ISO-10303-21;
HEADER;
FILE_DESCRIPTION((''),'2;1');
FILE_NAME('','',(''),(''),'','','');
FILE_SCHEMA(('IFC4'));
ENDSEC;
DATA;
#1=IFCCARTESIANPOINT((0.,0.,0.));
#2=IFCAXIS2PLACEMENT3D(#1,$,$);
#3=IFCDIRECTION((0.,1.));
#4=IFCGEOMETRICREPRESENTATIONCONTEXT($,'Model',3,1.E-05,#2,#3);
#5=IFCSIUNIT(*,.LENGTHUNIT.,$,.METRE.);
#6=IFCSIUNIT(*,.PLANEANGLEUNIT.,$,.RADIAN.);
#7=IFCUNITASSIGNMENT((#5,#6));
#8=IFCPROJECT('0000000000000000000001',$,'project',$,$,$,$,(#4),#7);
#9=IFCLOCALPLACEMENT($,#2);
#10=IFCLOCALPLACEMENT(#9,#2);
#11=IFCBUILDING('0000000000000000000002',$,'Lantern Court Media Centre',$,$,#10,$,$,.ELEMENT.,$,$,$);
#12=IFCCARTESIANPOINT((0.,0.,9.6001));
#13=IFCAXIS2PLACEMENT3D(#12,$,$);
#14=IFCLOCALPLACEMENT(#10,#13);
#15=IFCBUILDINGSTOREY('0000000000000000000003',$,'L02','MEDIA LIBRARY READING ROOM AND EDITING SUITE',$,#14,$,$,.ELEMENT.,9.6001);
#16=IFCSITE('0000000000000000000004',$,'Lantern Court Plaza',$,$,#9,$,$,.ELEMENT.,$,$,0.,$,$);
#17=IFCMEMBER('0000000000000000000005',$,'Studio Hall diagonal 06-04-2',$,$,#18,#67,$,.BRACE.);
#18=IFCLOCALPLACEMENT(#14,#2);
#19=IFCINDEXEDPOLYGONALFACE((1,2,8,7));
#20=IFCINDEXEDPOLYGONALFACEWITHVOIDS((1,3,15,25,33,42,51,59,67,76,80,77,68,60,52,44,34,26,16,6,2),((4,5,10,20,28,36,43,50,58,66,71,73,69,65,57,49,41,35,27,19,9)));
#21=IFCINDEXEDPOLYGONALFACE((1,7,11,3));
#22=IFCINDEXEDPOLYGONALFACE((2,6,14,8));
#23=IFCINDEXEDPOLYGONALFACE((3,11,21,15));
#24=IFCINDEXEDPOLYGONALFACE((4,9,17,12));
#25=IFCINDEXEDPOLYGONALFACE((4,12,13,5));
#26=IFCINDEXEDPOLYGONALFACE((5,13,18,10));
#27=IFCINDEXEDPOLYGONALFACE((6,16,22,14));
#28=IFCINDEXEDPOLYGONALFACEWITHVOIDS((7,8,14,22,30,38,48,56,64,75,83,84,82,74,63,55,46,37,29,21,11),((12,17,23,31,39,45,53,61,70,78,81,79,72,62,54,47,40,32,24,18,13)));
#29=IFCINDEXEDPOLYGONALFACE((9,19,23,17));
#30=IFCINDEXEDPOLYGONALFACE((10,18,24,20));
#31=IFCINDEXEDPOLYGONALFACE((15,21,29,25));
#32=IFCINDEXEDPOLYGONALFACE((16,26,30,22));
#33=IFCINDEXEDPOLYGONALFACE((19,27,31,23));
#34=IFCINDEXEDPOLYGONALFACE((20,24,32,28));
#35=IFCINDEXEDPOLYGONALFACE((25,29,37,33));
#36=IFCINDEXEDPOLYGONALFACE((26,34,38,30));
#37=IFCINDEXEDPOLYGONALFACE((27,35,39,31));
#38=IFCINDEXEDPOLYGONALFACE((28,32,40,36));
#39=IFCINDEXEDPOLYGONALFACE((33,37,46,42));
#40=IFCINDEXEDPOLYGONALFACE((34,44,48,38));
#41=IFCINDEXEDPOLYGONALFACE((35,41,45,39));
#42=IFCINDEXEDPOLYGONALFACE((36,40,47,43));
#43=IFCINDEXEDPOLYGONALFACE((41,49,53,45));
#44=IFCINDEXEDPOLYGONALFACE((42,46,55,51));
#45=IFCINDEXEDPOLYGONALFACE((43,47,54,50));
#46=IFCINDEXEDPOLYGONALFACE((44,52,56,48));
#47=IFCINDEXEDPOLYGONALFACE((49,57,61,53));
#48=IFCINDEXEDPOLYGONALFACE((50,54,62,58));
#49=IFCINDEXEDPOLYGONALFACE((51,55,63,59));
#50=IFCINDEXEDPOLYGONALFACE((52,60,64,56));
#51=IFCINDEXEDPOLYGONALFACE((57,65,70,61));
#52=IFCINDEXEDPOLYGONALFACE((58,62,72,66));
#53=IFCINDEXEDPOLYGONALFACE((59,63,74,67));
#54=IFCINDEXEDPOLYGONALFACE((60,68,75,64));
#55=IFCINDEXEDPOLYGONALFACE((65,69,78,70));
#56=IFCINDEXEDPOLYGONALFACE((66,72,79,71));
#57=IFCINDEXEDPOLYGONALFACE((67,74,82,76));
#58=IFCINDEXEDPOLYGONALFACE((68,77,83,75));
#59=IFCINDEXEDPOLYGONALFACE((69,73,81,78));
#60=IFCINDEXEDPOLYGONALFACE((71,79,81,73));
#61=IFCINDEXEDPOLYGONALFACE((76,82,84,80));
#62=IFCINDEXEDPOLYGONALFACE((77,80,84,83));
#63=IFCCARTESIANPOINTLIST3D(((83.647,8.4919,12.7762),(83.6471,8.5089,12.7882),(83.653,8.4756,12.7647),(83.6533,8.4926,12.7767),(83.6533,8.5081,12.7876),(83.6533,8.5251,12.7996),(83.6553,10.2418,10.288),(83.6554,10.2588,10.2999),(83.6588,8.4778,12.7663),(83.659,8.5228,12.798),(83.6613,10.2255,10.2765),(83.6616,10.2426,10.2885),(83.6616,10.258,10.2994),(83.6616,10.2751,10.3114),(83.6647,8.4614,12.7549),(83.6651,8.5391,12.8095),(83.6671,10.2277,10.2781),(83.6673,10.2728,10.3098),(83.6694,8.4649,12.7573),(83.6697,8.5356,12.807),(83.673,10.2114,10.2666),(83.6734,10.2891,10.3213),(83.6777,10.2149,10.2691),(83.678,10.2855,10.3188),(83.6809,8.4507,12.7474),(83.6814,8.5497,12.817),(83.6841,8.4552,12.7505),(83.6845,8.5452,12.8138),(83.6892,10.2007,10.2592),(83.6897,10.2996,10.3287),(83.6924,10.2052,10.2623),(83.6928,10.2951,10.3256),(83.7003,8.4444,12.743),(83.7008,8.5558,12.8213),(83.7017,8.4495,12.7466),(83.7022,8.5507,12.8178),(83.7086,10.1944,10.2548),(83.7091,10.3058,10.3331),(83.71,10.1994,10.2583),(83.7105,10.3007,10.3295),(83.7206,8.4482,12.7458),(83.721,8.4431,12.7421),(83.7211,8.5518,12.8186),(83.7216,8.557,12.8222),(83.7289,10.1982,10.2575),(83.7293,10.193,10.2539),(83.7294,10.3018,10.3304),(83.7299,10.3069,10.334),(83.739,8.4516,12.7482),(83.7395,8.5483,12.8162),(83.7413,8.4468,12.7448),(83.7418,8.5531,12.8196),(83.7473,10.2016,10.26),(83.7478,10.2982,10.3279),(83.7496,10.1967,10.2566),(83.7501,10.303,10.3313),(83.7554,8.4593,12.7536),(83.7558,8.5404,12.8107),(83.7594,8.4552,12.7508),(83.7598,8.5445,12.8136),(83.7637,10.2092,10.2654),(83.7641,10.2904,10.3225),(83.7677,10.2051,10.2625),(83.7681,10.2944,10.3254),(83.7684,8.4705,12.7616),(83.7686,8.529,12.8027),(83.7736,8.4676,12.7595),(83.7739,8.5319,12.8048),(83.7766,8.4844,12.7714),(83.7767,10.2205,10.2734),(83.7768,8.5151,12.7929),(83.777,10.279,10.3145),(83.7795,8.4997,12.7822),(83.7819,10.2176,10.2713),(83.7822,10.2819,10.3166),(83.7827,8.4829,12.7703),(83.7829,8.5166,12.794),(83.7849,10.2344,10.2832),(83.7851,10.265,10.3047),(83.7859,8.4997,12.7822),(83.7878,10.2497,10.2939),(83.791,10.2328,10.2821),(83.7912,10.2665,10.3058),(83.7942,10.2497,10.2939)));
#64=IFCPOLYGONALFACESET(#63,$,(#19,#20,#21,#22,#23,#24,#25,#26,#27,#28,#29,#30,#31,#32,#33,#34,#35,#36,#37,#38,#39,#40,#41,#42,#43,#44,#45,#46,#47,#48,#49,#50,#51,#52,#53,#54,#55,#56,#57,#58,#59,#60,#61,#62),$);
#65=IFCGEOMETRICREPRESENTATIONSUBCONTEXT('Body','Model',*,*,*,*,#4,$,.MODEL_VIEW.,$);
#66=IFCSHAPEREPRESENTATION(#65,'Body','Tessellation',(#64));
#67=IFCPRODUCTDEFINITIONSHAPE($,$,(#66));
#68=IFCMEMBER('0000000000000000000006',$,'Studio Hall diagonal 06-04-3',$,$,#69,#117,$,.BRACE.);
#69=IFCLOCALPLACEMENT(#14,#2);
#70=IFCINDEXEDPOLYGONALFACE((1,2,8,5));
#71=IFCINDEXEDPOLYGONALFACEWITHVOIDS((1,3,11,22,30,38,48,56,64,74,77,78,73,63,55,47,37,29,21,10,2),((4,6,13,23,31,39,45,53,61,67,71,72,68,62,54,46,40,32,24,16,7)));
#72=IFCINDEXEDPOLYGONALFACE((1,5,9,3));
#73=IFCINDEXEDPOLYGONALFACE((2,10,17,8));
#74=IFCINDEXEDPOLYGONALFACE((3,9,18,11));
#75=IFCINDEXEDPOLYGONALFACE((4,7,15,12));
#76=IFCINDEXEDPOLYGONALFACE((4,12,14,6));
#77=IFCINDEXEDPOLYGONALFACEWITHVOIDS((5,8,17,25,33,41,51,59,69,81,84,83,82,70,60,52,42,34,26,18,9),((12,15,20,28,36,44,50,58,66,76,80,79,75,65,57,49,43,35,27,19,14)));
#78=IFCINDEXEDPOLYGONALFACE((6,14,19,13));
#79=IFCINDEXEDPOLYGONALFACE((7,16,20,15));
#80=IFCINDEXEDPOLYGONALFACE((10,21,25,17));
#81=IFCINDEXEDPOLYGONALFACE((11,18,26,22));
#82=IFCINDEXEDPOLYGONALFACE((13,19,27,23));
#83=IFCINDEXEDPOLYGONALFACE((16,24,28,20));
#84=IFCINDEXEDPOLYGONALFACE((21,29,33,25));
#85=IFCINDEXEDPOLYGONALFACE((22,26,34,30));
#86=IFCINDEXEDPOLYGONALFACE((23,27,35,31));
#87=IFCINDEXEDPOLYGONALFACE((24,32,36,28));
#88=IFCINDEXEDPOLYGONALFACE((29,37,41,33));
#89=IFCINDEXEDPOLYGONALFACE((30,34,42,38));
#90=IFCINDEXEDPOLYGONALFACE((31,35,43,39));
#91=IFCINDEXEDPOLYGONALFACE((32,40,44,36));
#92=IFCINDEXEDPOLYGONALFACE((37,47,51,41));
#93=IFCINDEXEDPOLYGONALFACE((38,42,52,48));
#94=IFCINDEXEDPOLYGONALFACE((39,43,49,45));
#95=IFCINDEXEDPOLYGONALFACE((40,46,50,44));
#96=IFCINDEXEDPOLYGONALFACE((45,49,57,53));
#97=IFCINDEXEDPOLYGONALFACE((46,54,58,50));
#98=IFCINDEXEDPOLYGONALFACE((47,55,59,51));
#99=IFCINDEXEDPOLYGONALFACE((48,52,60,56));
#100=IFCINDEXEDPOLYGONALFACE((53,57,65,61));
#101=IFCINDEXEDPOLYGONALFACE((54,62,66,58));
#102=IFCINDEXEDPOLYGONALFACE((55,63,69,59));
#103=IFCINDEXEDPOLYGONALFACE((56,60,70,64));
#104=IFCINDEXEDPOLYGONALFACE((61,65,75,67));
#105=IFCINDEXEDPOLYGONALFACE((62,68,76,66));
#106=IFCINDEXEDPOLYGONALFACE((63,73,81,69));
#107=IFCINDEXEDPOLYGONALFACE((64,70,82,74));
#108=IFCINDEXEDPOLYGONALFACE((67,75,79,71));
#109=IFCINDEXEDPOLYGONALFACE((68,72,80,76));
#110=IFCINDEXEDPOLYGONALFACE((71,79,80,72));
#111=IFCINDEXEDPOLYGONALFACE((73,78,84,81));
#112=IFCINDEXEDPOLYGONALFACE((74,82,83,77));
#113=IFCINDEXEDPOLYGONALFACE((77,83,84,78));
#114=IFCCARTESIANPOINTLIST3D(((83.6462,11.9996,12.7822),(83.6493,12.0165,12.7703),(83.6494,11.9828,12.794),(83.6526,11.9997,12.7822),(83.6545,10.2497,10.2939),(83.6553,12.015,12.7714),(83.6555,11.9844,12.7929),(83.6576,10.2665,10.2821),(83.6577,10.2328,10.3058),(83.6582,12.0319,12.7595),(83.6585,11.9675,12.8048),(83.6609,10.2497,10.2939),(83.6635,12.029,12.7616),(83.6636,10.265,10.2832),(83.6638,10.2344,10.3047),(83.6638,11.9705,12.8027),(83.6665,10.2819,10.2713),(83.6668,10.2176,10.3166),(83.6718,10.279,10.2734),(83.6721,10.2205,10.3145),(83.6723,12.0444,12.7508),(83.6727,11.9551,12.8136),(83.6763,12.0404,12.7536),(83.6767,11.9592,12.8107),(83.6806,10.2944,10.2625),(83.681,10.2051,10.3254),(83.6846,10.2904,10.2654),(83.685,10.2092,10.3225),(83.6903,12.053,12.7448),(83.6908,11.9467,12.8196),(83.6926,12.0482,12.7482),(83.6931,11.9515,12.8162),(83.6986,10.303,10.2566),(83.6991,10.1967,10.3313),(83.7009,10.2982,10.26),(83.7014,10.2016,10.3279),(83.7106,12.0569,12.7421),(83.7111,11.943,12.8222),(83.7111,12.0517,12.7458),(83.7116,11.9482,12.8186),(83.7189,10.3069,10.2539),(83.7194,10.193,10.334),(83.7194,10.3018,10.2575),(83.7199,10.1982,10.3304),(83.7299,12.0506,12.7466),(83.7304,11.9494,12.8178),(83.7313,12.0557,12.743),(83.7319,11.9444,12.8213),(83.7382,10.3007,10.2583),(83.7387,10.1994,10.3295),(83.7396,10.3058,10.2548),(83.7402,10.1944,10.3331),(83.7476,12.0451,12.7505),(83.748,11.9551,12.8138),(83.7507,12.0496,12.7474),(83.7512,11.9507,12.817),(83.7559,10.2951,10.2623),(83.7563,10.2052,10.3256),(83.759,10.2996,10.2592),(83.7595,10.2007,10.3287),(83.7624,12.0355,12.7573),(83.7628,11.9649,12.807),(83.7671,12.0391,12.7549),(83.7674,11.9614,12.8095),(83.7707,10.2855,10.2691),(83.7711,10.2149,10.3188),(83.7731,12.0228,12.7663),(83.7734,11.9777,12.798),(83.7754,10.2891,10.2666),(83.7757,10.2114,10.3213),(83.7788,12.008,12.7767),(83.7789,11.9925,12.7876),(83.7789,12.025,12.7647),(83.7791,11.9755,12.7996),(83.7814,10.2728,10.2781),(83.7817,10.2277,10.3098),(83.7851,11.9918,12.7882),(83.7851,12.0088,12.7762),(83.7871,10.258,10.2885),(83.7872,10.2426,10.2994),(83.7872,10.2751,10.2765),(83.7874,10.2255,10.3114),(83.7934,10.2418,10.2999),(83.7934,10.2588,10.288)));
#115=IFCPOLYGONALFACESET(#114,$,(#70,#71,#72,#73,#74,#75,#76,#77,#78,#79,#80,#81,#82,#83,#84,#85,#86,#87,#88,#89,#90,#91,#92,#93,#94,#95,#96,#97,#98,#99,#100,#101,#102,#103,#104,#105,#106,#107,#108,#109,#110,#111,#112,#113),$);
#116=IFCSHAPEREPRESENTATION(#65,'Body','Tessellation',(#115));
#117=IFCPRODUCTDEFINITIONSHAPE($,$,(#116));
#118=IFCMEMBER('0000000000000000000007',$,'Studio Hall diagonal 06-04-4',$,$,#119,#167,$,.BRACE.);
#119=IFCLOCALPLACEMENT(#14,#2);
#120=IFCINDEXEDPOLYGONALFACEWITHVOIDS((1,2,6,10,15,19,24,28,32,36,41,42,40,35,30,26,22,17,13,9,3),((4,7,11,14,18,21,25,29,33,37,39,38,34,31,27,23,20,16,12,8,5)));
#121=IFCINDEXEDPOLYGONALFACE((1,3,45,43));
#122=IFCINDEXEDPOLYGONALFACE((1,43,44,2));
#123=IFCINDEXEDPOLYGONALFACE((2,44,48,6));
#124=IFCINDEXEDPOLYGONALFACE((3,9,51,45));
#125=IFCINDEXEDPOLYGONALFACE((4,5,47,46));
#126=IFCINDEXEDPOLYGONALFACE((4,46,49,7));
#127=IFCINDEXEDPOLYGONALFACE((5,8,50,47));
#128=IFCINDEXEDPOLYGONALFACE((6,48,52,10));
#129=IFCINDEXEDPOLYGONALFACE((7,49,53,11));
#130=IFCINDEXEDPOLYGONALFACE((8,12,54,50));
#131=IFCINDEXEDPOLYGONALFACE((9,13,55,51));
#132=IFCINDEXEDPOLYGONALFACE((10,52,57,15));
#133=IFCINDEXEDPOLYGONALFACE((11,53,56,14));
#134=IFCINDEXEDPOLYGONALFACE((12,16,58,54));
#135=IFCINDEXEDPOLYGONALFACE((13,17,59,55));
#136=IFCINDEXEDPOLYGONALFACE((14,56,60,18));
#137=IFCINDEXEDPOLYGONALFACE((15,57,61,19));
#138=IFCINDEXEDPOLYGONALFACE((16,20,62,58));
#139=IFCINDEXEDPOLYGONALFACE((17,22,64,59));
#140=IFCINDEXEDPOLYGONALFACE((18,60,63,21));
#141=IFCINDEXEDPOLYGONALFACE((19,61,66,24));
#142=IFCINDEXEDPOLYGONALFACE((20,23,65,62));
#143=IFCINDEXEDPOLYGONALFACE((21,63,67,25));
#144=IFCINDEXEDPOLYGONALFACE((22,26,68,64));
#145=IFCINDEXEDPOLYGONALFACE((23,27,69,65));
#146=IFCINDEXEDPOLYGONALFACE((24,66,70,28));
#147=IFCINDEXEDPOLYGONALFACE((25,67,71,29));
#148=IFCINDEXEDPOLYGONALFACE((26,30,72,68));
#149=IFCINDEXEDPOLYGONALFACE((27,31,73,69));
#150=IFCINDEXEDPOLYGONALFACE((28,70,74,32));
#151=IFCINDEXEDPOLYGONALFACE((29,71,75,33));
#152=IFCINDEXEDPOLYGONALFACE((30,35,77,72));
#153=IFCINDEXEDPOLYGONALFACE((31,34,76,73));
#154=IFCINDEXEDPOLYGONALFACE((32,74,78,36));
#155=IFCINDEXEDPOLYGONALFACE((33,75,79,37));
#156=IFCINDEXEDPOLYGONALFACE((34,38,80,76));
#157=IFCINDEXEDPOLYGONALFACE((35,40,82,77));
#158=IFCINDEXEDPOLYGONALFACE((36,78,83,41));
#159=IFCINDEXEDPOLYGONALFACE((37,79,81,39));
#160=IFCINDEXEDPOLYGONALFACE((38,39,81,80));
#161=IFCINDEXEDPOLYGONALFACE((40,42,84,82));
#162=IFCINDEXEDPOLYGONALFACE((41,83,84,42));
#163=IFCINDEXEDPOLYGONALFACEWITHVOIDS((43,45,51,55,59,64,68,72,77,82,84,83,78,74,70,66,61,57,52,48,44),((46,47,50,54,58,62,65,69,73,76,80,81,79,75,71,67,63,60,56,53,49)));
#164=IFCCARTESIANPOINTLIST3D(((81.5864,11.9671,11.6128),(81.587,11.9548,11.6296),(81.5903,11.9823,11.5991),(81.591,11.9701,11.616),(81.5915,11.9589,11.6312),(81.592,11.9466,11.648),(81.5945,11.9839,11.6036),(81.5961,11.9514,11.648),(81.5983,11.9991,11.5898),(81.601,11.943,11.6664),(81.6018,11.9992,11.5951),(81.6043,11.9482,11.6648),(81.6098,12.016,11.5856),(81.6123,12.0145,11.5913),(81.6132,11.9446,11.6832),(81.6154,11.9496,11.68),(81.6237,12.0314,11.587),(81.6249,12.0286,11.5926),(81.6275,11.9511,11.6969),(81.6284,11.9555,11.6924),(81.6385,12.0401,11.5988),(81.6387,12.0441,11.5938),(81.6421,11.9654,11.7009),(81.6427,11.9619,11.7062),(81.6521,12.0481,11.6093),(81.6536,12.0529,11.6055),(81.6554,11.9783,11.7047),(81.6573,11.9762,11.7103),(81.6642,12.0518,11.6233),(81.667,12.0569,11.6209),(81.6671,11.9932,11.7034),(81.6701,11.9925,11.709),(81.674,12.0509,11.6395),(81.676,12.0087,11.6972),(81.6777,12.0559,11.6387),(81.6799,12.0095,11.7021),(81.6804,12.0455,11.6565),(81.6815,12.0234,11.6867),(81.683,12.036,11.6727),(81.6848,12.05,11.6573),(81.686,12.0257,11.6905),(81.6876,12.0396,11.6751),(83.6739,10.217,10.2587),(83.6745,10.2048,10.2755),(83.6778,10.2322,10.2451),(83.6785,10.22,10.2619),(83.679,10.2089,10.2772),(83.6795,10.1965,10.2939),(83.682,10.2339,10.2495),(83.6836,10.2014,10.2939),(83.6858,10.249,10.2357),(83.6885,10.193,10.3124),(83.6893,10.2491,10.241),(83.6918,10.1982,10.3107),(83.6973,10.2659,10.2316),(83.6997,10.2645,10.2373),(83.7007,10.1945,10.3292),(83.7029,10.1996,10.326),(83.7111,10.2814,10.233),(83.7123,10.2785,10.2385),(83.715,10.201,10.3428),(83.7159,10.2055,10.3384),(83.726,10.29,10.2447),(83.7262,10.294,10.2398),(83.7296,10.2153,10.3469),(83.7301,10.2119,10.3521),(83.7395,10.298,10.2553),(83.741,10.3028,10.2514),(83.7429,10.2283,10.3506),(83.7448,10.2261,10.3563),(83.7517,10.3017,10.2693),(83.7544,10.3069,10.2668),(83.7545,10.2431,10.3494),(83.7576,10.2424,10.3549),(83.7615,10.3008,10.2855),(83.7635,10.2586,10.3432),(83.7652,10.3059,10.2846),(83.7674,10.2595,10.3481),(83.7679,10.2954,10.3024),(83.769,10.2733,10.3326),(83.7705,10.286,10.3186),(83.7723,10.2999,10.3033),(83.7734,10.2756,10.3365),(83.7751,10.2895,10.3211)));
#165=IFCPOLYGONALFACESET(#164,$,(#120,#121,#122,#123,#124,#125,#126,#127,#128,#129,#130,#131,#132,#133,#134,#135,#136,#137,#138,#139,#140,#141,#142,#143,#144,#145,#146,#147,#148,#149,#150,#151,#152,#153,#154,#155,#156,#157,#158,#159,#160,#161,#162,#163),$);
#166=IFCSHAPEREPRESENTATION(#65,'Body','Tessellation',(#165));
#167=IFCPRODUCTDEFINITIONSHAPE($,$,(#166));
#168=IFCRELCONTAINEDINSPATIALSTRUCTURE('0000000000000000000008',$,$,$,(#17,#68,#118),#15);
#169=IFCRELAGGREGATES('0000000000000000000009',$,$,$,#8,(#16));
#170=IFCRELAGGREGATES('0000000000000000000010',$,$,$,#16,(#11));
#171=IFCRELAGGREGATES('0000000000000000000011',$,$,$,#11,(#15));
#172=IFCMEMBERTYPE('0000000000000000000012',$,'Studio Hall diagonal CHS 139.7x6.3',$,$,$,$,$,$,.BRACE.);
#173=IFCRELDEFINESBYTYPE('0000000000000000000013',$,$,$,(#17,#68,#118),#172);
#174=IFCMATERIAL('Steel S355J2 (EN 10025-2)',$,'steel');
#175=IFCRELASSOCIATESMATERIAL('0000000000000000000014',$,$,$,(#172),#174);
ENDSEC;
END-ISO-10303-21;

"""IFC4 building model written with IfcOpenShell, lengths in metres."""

from ifc_helpers import new_model, si_unit, direction, frame, origin, origin_2d, place, context, subcontext, project, spatial, hollow_circle, extrude, material, material_profile, profile_set, type_object, element, save


model = new_model("IFC4")

# Units and contexts
model_context = context("Model", 3, precision=1e-05, world=origin(), true_north=direction((0.0, 1.0)))
body_context = subcontext(model_context, "Body", "Model", "MODEL_VIEW")
ifc_project = project(units=[si_unit("LENGTHUNIT", "METRE"), si_unit("PLANEANGLEUNIT", "RADIAN")], contexts=[model_context])

# Site, building, storey
site_placement = place(None, origin())
site = spatial("IfcSite", under=ifc_project, at=site_placement, Name="Lantern Court Plaza", CompositionType="ELEMENT", RefElevation=0.0)
building_placement = place(site_placement, origin())
building = spatial("IfcBuilding", under=site, at=building_placement, Name="Lantern Court Media Centre", CompositionType="ELEMENT")
storey_placement = place(building_placement, frame((0.0, 0.0, 9.6001)))
storey = spatial("IfcBuildingStorey", under=building, at=storey_placement, Name="L02", Description="MEDIA LIBRARY READING ROOM AND EDITING SUITE", CompositionType="ELEMENT", Elevation=9.6001)

# Members
ifc_material = material(Name="Steel S355J2 (EN 10025-2)", Category="steel")
ifc_material_profile_1 = material_profile(ifc_material, hollow_circle(Radius=0.0698, WallThickness=0.0063, at=origin_2d()), Name="Studio Hall diagonal CHS 139.7x6.3")
ifc_profile_set_1 = profile_set([ifc_material_profile_1], Name="Steel S355J2 (EN 10025-2)")
member_type_1 = type_object("IfcMemberType", Name="Studio Hall diagonal CHS 139.7x6.3", PredefinedType="BRACE", material=ifc_profile_set_1)
for number, where, z_axis, x_axis, name in (
    (1, (83.7244, 10.25, 10.2939), (-0.002729, -0.575269, 0.81796), (0.999989, -0.004743, 0.0), "Studio Hall diagonal 06-04-2"),
    (2, (83.7244, 10.25, 10.2939), (-0.002729, 0.575269, 0.81796), (-0.999989, -0.004743, 0.0), "Studio Hall diagonal 06-04-3"),
    (3, (83.7244, 10.25, 10.2939), (-0.68622, 0.575301, 0.44512), (-0.642456, -0.766322, 0.0), "Studio Hall diagonal 06-04-4"),
):
    element("IfcMember", number, at=place(storey_placement, frame(where, z_axis=z_axis, x_axis=x_axis)), inside=storey, type_object=member_type_1, Name=name, PredefinedType="BRACE", context=body_context, shape_type="SweptSolid", body=[
        extrude(hollow_circle(Radius=0.0698, WallThickness=0.0063, at=origin_2d()), origin(), (0.0, 0.0, 1.0), 3.042),
    ])

save(model, "model.ifc")
